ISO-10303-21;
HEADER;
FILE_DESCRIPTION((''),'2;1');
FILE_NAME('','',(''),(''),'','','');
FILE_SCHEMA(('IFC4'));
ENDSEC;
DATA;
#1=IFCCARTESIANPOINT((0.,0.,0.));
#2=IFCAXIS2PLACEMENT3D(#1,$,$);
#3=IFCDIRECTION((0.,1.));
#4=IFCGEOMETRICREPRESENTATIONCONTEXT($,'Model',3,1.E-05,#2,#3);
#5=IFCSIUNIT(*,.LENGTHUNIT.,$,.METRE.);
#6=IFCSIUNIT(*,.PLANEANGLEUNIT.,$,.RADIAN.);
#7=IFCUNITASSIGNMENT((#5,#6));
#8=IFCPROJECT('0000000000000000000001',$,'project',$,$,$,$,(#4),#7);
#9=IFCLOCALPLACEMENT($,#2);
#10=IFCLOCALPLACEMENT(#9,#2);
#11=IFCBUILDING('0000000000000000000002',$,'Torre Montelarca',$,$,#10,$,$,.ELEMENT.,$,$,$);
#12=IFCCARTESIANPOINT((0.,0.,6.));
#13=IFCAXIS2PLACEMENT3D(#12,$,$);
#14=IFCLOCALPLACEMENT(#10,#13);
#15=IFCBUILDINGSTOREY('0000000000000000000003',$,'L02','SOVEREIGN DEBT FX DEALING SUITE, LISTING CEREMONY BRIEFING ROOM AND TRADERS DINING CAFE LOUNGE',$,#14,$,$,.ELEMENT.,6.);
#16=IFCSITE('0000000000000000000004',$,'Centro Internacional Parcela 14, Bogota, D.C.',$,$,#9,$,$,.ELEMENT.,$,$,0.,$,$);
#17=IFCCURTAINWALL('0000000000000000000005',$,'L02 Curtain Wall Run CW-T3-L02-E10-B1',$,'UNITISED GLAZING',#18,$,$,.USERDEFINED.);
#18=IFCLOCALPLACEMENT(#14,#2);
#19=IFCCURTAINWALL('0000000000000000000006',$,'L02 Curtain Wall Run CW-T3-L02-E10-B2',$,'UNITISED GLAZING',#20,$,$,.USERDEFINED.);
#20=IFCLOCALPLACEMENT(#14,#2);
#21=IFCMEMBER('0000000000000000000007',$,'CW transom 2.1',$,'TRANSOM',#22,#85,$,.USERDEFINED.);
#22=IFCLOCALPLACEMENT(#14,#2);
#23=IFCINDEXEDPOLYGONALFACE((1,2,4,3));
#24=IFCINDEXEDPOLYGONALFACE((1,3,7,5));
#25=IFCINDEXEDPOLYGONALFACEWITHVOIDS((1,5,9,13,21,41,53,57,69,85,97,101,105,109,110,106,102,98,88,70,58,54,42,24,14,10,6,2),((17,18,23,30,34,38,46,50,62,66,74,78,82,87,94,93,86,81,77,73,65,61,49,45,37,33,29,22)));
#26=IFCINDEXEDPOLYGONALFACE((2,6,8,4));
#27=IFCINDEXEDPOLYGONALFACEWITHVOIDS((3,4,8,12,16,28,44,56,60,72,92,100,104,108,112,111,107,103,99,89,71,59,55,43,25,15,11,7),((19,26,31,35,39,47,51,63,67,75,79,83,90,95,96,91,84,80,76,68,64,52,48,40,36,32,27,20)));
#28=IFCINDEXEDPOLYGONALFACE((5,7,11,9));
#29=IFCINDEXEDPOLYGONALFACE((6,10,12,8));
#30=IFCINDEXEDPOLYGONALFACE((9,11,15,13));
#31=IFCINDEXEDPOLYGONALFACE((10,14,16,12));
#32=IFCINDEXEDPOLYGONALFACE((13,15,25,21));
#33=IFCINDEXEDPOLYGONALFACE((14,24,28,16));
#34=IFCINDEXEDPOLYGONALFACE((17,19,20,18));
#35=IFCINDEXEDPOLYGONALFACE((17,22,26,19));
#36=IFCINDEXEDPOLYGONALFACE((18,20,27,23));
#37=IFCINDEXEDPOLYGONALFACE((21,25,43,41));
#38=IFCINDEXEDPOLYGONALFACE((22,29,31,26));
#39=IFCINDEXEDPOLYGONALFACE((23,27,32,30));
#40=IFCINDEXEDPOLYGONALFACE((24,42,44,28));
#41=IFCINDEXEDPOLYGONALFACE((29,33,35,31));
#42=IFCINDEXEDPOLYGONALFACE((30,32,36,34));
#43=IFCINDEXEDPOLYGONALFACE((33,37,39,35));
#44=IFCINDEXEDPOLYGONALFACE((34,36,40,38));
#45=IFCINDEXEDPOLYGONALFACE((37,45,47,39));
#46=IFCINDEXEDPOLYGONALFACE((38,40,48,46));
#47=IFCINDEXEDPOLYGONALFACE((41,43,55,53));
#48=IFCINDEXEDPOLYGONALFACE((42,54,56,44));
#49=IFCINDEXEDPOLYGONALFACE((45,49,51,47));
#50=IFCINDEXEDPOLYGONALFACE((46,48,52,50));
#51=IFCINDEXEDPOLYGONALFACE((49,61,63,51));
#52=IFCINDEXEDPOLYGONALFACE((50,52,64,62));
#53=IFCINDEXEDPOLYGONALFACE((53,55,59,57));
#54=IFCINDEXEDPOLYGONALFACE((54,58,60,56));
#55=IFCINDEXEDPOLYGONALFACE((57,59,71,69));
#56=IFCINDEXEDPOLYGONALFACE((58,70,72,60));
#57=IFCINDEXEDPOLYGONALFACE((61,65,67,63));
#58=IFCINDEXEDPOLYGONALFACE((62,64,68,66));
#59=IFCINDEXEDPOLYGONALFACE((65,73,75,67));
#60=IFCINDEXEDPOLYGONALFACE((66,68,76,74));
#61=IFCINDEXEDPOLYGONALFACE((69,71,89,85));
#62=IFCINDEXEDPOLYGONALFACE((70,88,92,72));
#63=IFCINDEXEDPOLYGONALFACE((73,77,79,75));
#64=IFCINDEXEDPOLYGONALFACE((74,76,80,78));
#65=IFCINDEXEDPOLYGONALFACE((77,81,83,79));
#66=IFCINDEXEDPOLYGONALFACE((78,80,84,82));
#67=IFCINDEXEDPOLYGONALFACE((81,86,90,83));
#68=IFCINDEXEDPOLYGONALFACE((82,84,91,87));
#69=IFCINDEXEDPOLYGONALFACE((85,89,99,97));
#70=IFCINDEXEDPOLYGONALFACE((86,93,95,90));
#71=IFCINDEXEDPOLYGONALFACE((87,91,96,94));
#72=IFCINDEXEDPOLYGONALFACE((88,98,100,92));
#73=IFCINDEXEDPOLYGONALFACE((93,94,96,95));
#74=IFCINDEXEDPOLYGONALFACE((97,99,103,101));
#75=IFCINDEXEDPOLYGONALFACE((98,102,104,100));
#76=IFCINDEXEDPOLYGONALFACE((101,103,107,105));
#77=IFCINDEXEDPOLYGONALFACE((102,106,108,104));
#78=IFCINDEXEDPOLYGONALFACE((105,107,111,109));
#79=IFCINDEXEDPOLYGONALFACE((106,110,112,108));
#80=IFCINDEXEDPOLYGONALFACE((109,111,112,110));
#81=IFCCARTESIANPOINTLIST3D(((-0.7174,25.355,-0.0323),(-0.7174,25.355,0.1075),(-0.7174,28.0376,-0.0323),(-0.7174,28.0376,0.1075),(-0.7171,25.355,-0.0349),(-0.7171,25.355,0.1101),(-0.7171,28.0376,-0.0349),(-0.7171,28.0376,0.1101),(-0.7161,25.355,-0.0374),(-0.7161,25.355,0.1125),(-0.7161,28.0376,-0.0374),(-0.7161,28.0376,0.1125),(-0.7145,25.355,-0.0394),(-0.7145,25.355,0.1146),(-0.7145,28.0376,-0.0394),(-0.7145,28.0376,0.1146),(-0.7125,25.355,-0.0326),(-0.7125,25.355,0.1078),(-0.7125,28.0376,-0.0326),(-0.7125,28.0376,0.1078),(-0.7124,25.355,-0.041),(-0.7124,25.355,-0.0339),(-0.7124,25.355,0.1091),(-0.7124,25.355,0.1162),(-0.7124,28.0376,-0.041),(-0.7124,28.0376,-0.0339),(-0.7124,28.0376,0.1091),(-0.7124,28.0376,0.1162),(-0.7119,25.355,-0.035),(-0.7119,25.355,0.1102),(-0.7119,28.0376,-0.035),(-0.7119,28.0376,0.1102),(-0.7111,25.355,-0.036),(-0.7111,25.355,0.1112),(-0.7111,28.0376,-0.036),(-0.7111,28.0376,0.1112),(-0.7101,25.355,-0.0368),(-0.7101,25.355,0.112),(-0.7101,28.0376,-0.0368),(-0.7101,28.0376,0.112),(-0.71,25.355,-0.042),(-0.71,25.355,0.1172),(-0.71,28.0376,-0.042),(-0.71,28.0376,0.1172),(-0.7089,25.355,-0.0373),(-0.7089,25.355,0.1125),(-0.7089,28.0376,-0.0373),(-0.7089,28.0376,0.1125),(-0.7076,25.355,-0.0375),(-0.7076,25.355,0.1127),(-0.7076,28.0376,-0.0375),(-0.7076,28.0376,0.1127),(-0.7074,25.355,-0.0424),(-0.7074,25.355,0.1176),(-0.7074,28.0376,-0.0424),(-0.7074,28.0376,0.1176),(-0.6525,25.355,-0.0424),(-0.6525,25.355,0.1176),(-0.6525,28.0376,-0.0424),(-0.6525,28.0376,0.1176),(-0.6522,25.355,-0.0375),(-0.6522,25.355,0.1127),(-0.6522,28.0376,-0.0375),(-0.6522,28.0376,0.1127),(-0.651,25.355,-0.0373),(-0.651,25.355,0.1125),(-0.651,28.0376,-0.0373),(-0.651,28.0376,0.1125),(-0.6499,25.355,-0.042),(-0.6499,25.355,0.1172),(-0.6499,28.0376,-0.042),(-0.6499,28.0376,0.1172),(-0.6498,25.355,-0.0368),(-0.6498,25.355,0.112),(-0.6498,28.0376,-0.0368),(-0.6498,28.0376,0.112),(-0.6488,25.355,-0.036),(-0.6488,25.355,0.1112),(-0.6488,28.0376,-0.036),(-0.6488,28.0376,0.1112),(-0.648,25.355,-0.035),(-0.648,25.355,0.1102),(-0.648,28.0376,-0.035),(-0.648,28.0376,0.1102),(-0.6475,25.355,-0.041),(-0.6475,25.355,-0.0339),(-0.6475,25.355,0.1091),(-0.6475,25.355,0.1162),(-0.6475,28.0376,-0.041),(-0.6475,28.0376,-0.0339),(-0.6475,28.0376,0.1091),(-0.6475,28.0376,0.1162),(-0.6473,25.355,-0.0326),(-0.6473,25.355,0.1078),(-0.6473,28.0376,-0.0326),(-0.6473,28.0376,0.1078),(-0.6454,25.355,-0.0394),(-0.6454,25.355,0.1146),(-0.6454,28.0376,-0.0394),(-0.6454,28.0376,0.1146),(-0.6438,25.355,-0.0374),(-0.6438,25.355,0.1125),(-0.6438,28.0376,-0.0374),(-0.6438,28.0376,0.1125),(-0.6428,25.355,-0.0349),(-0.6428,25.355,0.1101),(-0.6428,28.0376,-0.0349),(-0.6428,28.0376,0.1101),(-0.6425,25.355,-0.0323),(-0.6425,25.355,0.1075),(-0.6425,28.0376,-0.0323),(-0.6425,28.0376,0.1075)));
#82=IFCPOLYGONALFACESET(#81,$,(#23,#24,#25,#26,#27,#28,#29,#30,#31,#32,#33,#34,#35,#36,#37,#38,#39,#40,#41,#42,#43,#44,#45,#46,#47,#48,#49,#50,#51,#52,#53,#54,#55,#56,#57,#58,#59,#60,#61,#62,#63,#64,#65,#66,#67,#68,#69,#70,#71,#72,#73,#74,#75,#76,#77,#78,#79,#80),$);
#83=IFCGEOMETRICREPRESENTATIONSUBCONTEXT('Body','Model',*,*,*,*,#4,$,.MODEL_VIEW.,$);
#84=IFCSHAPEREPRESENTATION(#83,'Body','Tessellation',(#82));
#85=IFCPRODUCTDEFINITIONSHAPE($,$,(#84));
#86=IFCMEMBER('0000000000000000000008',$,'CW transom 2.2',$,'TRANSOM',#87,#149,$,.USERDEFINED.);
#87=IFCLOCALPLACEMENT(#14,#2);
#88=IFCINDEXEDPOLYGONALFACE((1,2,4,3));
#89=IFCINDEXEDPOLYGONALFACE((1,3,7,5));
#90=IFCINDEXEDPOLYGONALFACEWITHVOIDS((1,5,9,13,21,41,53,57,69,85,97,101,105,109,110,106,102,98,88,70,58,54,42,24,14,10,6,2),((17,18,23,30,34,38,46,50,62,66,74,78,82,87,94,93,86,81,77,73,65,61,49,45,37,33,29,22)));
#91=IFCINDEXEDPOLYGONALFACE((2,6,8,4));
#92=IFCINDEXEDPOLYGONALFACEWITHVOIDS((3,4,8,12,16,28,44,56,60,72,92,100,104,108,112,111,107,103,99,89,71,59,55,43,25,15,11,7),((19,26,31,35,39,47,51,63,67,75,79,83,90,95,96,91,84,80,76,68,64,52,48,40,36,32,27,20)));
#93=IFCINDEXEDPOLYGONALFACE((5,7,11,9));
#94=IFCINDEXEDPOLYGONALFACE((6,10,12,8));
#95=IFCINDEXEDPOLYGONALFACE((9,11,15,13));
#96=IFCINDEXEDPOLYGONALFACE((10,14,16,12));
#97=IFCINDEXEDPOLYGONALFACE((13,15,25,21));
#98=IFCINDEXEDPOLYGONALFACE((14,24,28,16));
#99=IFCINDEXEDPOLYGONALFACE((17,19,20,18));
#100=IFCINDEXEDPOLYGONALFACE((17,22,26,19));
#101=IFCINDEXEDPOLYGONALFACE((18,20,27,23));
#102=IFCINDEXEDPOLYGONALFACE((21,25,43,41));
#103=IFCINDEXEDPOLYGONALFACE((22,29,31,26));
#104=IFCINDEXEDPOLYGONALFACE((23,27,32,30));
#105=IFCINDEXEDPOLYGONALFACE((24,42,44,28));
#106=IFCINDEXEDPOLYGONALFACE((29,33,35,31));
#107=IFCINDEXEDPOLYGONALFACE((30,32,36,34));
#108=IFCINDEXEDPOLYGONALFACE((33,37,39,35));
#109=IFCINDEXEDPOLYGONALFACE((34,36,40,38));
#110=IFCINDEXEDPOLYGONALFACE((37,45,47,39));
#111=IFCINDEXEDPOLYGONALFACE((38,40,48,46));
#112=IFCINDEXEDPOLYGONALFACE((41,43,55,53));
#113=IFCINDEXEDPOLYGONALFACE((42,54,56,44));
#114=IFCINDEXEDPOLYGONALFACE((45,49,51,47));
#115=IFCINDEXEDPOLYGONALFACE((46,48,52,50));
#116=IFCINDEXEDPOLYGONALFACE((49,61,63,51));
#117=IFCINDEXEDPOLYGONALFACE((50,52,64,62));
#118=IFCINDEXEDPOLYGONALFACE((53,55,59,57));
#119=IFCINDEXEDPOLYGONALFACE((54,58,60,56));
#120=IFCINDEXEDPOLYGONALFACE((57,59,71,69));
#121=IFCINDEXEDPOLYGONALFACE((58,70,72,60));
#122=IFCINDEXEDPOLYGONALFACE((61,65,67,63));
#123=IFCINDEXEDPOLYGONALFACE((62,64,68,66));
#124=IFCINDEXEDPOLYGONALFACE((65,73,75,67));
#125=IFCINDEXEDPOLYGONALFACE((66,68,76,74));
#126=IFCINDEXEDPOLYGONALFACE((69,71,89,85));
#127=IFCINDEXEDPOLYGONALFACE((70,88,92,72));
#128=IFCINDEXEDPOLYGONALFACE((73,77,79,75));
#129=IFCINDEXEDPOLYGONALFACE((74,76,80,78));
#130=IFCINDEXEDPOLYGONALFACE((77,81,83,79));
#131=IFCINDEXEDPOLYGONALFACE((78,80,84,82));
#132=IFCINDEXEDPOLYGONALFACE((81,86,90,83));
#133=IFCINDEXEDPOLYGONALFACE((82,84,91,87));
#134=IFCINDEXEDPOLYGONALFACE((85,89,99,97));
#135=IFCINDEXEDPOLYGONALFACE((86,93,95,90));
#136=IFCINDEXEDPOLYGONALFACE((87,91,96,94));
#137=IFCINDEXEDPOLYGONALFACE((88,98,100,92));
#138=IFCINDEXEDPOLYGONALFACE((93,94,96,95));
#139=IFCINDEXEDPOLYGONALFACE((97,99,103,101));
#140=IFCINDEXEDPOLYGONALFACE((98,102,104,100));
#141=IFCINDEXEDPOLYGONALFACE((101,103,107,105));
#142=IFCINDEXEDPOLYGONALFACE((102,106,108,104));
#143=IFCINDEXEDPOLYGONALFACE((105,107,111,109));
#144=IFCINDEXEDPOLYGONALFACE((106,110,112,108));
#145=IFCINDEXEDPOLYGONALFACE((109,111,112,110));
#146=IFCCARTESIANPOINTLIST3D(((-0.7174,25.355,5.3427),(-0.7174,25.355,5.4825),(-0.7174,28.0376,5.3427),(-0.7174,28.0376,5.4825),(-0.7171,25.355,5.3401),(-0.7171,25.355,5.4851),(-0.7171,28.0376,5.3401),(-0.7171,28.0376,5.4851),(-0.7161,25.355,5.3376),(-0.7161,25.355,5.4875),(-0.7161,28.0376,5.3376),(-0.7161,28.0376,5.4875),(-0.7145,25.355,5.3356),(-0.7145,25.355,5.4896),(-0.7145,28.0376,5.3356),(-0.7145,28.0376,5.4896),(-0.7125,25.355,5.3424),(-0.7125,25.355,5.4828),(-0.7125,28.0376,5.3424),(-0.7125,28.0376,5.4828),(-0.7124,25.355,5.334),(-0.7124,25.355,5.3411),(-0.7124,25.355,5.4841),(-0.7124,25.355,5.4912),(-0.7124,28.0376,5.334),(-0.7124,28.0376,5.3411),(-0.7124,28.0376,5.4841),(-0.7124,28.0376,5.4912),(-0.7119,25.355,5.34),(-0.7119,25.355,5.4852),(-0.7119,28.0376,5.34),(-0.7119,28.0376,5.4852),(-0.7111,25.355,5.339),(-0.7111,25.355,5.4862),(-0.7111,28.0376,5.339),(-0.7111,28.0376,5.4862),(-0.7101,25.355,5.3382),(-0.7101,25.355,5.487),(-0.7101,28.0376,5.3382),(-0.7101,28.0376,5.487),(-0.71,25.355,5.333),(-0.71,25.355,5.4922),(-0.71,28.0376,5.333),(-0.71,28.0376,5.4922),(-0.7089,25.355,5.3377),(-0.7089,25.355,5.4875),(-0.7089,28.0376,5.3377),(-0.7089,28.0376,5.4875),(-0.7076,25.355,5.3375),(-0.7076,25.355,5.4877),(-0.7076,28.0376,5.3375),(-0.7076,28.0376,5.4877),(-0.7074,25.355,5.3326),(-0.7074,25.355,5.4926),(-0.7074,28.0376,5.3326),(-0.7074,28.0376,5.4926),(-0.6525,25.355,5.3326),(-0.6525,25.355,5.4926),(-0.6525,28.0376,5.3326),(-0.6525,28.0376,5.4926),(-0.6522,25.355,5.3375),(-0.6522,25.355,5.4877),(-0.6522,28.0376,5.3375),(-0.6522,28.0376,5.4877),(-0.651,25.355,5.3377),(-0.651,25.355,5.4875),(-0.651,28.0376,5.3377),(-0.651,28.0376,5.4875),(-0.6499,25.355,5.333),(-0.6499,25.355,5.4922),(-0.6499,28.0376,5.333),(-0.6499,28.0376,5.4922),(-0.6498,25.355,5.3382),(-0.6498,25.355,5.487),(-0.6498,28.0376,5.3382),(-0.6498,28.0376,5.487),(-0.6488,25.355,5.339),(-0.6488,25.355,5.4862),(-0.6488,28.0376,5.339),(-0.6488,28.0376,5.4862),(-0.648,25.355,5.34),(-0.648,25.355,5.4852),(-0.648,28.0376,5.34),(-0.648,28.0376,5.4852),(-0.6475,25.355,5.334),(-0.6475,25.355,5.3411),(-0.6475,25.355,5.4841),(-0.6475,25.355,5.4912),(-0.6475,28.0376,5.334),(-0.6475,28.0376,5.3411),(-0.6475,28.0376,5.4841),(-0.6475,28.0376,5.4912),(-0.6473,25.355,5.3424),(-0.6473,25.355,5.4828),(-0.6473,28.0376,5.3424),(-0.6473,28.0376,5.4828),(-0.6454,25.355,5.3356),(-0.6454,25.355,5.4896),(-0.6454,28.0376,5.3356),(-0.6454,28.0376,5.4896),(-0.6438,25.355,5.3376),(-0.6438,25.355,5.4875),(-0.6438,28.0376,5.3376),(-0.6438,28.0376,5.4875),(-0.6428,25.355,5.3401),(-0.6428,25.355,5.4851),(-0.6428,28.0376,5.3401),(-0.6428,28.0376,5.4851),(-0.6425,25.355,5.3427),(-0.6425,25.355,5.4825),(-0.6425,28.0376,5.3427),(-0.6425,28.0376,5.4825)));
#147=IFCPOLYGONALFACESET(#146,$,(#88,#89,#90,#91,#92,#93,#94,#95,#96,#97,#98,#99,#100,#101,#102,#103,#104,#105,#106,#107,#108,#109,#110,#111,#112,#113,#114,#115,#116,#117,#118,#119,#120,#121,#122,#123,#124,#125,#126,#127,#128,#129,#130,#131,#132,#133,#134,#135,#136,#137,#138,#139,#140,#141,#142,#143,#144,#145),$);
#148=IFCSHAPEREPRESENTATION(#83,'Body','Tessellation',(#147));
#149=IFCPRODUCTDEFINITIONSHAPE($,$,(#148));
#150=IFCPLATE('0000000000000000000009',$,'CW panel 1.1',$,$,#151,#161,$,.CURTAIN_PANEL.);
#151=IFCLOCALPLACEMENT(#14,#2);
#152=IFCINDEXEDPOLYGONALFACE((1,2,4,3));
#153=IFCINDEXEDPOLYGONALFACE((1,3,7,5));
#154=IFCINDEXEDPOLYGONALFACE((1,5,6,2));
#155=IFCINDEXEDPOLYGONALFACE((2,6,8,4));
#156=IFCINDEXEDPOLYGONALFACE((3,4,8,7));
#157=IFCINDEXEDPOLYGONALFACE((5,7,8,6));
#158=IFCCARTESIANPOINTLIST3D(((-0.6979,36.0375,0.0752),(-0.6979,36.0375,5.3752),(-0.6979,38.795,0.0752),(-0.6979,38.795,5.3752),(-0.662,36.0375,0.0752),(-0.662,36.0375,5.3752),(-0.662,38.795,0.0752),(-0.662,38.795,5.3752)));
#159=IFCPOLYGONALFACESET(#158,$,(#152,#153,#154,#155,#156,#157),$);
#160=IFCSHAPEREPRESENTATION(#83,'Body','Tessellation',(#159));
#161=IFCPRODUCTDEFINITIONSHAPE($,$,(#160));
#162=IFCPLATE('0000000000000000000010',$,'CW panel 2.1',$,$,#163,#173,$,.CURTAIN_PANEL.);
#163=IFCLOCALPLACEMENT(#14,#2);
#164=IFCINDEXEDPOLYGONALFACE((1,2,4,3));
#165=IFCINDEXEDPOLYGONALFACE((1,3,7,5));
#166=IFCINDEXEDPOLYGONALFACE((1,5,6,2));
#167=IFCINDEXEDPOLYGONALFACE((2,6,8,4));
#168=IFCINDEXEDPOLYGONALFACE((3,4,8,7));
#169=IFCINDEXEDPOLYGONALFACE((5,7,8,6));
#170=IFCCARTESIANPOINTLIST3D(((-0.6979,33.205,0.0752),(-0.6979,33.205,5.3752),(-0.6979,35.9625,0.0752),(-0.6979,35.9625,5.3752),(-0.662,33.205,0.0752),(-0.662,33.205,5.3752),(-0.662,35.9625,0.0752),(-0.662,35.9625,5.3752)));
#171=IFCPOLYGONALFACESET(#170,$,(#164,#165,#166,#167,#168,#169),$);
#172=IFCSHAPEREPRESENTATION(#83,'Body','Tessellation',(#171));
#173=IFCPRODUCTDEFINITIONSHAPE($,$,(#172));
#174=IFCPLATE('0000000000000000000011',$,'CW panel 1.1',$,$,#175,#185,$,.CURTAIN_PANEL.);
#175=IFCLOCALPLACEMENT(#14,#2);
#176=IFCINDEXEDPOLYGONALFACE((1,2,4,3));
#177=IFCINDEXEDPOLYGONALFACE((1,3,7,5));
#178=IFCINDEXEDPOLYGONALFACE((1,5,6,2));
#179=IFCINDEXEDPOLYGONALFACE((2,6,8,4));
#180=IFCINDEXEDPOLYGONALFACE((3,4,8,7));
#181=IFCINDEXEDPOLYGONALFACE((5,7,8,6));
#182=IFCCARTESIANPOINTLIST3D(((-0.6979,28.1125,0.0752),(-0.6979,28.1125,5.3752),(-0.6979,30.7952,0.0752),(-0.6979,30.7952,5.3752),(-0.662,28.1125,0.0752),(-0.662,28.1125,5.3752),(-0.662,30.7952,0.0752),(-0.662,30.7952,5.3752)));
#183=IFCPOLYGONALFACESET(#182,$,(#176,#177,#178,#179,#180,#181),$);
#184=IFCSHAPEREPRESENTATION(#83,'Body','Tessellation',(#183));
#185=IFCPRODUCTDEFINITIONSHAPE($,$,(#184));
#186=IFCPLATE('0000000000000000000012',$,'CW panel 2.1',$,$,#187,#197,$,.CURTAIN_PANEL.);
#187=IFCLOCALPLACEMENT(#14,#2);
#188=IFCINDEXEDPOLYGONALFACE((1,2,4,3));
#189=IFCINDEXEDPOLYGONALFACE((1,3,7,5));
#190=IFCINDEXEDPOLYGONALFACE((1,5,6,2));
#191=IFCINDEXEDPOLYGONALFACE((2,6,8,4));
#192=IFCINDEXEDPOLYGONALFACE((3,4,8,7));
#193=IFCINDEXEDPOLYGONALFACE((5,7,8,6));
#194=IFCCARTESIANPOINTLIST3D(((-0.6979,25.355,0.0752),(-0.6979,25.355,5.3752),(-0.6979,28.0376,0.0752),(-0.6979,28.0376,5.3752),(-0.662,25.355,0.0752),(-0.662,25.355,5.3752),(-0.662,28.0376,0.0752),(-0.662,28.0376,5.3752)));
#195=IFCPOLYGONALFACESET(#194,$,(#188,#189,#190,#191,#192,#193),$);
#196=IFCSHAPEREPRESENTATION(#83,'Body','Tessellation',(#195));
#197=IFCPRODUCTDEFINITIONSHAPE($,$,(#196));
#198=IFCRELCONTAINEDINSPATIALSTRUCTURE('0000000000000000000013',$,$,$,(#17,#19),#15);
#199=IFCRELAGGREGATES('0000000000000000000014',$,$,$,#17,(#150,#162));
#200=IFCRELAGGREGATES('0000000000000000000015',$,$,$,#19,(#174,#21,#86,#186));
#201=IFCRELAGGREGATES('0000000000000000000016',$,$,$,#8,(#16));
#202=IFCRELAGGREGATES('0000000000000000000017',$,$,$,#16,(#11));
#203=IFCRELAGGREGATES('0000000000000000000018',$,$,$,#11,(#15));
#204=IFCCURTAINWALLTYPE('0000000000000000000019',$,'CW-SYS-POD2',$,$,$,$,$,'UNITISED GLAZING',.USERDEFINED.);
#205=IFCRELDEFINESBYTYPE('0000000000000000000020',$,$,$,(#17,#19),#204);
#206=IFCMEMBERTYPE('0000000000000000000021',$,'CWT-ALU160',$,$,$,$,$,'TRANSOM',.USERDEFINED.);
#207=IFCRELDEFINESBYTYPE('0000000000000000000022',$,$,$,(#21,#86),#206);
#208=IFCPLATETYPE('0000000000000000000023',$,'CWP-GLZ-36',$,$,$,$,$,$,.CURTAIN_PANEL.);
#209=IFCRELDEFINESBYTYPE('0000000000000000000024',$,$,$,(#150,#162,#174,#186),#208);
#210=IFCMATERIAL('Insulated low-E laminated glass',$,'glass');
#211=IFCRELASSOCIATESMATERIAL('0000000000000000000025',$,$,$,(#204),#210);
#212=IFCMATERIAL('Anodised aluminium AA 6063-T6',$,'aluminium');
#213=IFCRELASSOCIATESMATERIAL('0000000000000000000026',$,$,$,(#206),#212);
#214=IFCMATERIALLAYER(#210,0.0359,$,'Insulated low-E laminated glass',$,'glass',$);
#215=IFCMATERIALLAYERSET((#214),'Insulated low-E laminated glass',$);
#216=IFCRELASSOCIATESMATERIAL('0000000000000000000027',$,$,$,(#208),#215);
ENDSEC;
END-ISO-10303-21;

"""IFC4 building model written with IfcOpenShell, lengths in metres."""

from ifc_helpers import new_model, si_unit, direction, frame, origin, origin_2d, place, context, subcontext, project, spatial, rectangle, hollow_rectangle, extrude, source, transform, mapped, material, layer, layer_set, material_profile, profile_set, type_object, element, aggregate, save


model = new_model("IFC4")

# Units and contexts
model_context = context("Model", 3, precision=1e-05, world=origin(), true_north=direction((0.0, 1.0)))
body_context = subcontext(model_context, "Body", "Model", "MODEL_VIEW")
ifc_project = project(units=[si_unit("LENGTHUNIT", "METRE"), si_unit("PLANEANGLEUNIT", "RADIAN")], contexts=[model_context])

# Site, building, storey
site_placement = place(None, origin())
site = spatial("IfcSite", under=ifc_project, at=site_placement, Name="Centro Internacional Parcela 14, Bogota, D.C.", CompositionType="ELEMENT", RefElevation=0.0)
building_placement = place(site_placement, origin())
building = spatial("IfcBuilding", under=site, at=building_placement, Name="Torre Montelarca", CompositionType="ELEMENT")
storey_placement = place(building_placement, frame((0.0, 0.0, 6.0)))
storey = spatial("IfcBuildingStorey", under=building, at=storey_placement, Name="L02", Description="SOVEREIGN DEBT FX DEALING SUITE, LISTING CEREMONY BRIEFING ROOM AND TRADERS DINING CAFE LOUNGE", CompositionType="ELEMENT", Elevation=6.0)

# Curtain walls
ifc_material_1 = material(Name="Insulated low-E laminated glass", Category="glass")
curtain_wall_type = type_object("IfcCurtainWallType", Name="CW-SYS-POD2", ElementType="UNITISED GLAZING", PredefinedType="USERDEFINED", material=ifc_material_1)
curtain_wall_1_placement = place(storey_placement, origin())
curtain_wall_1 = element("IfcCurtainWall", 1, at=curtain_wall_1_placement, inside=storey, type_object=curtain_wall_type, Name="L02 Curtain Wall Run CW-T3-L02-E10-B1", ObjectType="UNITISED GLAZING", PredefinedType="USERDEFINED")
ifc_material_2 = material(Name="Anodised aluminium AA 6063-T6", Category="aluminium")
curtain_wall_2_placement = place(storey_placement, origin())
curtain_wall_2 = element("IfcCurtainWall", 2, at=curtain_wall_2_placement, inside=storey, type_object=curtain_wall_type, Name="L02 Curtain Wall Run CW-T3-L02-E10-B2", ObjectType="UNITISED GLAZING", PredefinedType="USERDEFINED")

# Members
ifc_material_profile_1 = material_profile(ifc_material_2, hollow_rectangle(XDim=0.075, YDim=0.1599, WallThickness=0.0049, InnerFilletRadius=0.0049, OuterFilletRadius=0.01, at=origin_2d()), Name="ALU75X160X5", Category="aluminium")
ifc_profile_set_1 = profile_set([ifc_material_profile_1], Name="Anodised aluminium AA 6063-T6")
member_type_1 = type_object("IfcMemberType", Name="CWT-ALU160", ElementType="TRANSOM", PredefinedType="USERDEFINED", material=ifc_profile_set_1)
shared_shape_1 = source(origin(), body_context, "Body", "SweptSolid", [
    extrude(hollow_rectangle(XDim=0.075, YDim=0.1599, WallThickness=0.0049, InnerFilletRadius=0.0049, OuterFilletRadius=0.01, at=origin_2d()), origin(), (0.0, 0.0, 1.0), 2.6826),
])
member_1_placement = place(storey_placement, frame((-0.6799, 28.0376, 0.0376), z_axis=(0.0, -1.0, 0.0), x_axis=(1.0, 0.0, 0.0)))
member_1 = element("IfcMember", 3, at=member_1_placement, type_object=member_type_1, Name="CW transom 2.1", ObjectType="TRANSOM", PredefinedType="USERDEFINED", context=body_context, shape_type="MappedRepresentation", body=[
    mapped(shared_shape_1, transform((0.0, 0.0, 0.0), scale=1.0)),
])
member_2_placement = place(storey_placement, frame((-0.6799, 28.0376, 5.4126), z_axis=(0.0, -1.0, 0.0), x_axis=(1.0, 0.0, 0.0)))
member_2 = element("IfcMember", 4, at=member_2_placement, type_object=member_type_1, Name="CW transom 2.2", ObjectType="TRANSOM", PredefinedType="USERDEFINED", context=body_context, shape_type="MappedRepresentation", body=[
    mapped(shared_shape_1, transform((0.0, 0.0, 0.0), scale=1.0)),
])

# Plates
ifc_layer_1 = layer(ifc_material_1, 0.0359, Name="Insulated low-E laminated glass", Category="glass")
ifc_layer_set_1 = layer_set([ifc_layer_1], Name="Insulated low-E laminated glass")
plate_type = type_object("IfcPlateType", Name="CWP-GLZ-36", PredefinedType="CURTAIN_PANEL", material=ifc_layer_set_1)
shared_shape_2 = source(origin(), body_context, "Body", "SweptSolid", [
    extrude(rectangle(XDim=2.7576, YDim=0.0359, at=origin_2d()), origin(), (0.0, 0.0, 1.0), 5.3),
])
plate_1_placement = place(storey_placement, frame((-0.6799, 37.4163, 0.0752), z_axis=(0.0, 0.0, 1.0), x_axis=(0.0, -1.0, 0.0)))
plate_1 = element("IfcPlate", 5, at=plate_1_placement, type_object=plate_type, Name="CW panel 1.1", PredefinedType="CURTAIN_PANEL", context=body_context, shape_type="MappedRepresentation", body=[
    mapped(shared_shape_2, transform((0.0, 0.0, 0.0), scale=1.0)),
])
plate_2_placement = place(storey_placement, frame((-0.6799, 34.5837, 0.0752), z_axis=(0.0, 0.0, 1.0), x_axis=(0.0, -1.0, 0.0)))
plate_2 = element("IfcPlate", 6, at=plate_2_placement, type_object=plate_type, Name="CW panel 2.1", PredefinedType="CURTAIN_PANEL", context=body_context, shape_type="MappedRepresentation", body=[
    mapped(shared_shape_2, transform((0.0, 0.0, 0.0), scale=1.0)),
])
aggregate(curtain_wall_1, [plate_1, plate_2])
shared_shape_3 = source(origin(), body_context, "Body", "SweptSolid", [
    extrude(rectangle(XDim=2.6826, YDim=0.0359, at=origin_2d()), origin(), (0.0, 0.0, 1.0), 5.3),
])
plate_3_placement = place(storey_placement, frame((-0.6799, 29.4539, 0.0752), z_axis=(0.0, 0.0, 1.0), x_axis=(0.0, -1.0, 0.0)))
plate_3 = element("IfcPlate", 7, at=plate_3_placement, type_object=plate_type, Name="CW panel 1.1", PredefinedType="CURTAIN_PANEL", context=body_context, shape_type="MappedRepresentation", body=[
    mapped(shared_shape_3, transform((0.0, 0.0, 0.0), scale=1.0)),
])
plate_4_placement = place(storey_placement, frame((-0.6799, 26.6963, 0.0752), z_axis=(0.0, 0.0, 1.0), x_axis=(0.0, -1.0, 0.0)))
plate_4 = element("IfcPlate", 8, at=plate_4_placement, type_object=plate_type, Name="CW panel 2.1", PredefinedType="CURTAIN_PANEL", context=body_context, shape_type="MappedRepresentation", body=[
    mapped(shared_shape_3, transform((0.0, 0.0, 0.0), scale=1.0)),
])
aggregate(curtain_wall_2, [plate_3, member_1, member_2, plate_4])

save(model, "model.ifc")
